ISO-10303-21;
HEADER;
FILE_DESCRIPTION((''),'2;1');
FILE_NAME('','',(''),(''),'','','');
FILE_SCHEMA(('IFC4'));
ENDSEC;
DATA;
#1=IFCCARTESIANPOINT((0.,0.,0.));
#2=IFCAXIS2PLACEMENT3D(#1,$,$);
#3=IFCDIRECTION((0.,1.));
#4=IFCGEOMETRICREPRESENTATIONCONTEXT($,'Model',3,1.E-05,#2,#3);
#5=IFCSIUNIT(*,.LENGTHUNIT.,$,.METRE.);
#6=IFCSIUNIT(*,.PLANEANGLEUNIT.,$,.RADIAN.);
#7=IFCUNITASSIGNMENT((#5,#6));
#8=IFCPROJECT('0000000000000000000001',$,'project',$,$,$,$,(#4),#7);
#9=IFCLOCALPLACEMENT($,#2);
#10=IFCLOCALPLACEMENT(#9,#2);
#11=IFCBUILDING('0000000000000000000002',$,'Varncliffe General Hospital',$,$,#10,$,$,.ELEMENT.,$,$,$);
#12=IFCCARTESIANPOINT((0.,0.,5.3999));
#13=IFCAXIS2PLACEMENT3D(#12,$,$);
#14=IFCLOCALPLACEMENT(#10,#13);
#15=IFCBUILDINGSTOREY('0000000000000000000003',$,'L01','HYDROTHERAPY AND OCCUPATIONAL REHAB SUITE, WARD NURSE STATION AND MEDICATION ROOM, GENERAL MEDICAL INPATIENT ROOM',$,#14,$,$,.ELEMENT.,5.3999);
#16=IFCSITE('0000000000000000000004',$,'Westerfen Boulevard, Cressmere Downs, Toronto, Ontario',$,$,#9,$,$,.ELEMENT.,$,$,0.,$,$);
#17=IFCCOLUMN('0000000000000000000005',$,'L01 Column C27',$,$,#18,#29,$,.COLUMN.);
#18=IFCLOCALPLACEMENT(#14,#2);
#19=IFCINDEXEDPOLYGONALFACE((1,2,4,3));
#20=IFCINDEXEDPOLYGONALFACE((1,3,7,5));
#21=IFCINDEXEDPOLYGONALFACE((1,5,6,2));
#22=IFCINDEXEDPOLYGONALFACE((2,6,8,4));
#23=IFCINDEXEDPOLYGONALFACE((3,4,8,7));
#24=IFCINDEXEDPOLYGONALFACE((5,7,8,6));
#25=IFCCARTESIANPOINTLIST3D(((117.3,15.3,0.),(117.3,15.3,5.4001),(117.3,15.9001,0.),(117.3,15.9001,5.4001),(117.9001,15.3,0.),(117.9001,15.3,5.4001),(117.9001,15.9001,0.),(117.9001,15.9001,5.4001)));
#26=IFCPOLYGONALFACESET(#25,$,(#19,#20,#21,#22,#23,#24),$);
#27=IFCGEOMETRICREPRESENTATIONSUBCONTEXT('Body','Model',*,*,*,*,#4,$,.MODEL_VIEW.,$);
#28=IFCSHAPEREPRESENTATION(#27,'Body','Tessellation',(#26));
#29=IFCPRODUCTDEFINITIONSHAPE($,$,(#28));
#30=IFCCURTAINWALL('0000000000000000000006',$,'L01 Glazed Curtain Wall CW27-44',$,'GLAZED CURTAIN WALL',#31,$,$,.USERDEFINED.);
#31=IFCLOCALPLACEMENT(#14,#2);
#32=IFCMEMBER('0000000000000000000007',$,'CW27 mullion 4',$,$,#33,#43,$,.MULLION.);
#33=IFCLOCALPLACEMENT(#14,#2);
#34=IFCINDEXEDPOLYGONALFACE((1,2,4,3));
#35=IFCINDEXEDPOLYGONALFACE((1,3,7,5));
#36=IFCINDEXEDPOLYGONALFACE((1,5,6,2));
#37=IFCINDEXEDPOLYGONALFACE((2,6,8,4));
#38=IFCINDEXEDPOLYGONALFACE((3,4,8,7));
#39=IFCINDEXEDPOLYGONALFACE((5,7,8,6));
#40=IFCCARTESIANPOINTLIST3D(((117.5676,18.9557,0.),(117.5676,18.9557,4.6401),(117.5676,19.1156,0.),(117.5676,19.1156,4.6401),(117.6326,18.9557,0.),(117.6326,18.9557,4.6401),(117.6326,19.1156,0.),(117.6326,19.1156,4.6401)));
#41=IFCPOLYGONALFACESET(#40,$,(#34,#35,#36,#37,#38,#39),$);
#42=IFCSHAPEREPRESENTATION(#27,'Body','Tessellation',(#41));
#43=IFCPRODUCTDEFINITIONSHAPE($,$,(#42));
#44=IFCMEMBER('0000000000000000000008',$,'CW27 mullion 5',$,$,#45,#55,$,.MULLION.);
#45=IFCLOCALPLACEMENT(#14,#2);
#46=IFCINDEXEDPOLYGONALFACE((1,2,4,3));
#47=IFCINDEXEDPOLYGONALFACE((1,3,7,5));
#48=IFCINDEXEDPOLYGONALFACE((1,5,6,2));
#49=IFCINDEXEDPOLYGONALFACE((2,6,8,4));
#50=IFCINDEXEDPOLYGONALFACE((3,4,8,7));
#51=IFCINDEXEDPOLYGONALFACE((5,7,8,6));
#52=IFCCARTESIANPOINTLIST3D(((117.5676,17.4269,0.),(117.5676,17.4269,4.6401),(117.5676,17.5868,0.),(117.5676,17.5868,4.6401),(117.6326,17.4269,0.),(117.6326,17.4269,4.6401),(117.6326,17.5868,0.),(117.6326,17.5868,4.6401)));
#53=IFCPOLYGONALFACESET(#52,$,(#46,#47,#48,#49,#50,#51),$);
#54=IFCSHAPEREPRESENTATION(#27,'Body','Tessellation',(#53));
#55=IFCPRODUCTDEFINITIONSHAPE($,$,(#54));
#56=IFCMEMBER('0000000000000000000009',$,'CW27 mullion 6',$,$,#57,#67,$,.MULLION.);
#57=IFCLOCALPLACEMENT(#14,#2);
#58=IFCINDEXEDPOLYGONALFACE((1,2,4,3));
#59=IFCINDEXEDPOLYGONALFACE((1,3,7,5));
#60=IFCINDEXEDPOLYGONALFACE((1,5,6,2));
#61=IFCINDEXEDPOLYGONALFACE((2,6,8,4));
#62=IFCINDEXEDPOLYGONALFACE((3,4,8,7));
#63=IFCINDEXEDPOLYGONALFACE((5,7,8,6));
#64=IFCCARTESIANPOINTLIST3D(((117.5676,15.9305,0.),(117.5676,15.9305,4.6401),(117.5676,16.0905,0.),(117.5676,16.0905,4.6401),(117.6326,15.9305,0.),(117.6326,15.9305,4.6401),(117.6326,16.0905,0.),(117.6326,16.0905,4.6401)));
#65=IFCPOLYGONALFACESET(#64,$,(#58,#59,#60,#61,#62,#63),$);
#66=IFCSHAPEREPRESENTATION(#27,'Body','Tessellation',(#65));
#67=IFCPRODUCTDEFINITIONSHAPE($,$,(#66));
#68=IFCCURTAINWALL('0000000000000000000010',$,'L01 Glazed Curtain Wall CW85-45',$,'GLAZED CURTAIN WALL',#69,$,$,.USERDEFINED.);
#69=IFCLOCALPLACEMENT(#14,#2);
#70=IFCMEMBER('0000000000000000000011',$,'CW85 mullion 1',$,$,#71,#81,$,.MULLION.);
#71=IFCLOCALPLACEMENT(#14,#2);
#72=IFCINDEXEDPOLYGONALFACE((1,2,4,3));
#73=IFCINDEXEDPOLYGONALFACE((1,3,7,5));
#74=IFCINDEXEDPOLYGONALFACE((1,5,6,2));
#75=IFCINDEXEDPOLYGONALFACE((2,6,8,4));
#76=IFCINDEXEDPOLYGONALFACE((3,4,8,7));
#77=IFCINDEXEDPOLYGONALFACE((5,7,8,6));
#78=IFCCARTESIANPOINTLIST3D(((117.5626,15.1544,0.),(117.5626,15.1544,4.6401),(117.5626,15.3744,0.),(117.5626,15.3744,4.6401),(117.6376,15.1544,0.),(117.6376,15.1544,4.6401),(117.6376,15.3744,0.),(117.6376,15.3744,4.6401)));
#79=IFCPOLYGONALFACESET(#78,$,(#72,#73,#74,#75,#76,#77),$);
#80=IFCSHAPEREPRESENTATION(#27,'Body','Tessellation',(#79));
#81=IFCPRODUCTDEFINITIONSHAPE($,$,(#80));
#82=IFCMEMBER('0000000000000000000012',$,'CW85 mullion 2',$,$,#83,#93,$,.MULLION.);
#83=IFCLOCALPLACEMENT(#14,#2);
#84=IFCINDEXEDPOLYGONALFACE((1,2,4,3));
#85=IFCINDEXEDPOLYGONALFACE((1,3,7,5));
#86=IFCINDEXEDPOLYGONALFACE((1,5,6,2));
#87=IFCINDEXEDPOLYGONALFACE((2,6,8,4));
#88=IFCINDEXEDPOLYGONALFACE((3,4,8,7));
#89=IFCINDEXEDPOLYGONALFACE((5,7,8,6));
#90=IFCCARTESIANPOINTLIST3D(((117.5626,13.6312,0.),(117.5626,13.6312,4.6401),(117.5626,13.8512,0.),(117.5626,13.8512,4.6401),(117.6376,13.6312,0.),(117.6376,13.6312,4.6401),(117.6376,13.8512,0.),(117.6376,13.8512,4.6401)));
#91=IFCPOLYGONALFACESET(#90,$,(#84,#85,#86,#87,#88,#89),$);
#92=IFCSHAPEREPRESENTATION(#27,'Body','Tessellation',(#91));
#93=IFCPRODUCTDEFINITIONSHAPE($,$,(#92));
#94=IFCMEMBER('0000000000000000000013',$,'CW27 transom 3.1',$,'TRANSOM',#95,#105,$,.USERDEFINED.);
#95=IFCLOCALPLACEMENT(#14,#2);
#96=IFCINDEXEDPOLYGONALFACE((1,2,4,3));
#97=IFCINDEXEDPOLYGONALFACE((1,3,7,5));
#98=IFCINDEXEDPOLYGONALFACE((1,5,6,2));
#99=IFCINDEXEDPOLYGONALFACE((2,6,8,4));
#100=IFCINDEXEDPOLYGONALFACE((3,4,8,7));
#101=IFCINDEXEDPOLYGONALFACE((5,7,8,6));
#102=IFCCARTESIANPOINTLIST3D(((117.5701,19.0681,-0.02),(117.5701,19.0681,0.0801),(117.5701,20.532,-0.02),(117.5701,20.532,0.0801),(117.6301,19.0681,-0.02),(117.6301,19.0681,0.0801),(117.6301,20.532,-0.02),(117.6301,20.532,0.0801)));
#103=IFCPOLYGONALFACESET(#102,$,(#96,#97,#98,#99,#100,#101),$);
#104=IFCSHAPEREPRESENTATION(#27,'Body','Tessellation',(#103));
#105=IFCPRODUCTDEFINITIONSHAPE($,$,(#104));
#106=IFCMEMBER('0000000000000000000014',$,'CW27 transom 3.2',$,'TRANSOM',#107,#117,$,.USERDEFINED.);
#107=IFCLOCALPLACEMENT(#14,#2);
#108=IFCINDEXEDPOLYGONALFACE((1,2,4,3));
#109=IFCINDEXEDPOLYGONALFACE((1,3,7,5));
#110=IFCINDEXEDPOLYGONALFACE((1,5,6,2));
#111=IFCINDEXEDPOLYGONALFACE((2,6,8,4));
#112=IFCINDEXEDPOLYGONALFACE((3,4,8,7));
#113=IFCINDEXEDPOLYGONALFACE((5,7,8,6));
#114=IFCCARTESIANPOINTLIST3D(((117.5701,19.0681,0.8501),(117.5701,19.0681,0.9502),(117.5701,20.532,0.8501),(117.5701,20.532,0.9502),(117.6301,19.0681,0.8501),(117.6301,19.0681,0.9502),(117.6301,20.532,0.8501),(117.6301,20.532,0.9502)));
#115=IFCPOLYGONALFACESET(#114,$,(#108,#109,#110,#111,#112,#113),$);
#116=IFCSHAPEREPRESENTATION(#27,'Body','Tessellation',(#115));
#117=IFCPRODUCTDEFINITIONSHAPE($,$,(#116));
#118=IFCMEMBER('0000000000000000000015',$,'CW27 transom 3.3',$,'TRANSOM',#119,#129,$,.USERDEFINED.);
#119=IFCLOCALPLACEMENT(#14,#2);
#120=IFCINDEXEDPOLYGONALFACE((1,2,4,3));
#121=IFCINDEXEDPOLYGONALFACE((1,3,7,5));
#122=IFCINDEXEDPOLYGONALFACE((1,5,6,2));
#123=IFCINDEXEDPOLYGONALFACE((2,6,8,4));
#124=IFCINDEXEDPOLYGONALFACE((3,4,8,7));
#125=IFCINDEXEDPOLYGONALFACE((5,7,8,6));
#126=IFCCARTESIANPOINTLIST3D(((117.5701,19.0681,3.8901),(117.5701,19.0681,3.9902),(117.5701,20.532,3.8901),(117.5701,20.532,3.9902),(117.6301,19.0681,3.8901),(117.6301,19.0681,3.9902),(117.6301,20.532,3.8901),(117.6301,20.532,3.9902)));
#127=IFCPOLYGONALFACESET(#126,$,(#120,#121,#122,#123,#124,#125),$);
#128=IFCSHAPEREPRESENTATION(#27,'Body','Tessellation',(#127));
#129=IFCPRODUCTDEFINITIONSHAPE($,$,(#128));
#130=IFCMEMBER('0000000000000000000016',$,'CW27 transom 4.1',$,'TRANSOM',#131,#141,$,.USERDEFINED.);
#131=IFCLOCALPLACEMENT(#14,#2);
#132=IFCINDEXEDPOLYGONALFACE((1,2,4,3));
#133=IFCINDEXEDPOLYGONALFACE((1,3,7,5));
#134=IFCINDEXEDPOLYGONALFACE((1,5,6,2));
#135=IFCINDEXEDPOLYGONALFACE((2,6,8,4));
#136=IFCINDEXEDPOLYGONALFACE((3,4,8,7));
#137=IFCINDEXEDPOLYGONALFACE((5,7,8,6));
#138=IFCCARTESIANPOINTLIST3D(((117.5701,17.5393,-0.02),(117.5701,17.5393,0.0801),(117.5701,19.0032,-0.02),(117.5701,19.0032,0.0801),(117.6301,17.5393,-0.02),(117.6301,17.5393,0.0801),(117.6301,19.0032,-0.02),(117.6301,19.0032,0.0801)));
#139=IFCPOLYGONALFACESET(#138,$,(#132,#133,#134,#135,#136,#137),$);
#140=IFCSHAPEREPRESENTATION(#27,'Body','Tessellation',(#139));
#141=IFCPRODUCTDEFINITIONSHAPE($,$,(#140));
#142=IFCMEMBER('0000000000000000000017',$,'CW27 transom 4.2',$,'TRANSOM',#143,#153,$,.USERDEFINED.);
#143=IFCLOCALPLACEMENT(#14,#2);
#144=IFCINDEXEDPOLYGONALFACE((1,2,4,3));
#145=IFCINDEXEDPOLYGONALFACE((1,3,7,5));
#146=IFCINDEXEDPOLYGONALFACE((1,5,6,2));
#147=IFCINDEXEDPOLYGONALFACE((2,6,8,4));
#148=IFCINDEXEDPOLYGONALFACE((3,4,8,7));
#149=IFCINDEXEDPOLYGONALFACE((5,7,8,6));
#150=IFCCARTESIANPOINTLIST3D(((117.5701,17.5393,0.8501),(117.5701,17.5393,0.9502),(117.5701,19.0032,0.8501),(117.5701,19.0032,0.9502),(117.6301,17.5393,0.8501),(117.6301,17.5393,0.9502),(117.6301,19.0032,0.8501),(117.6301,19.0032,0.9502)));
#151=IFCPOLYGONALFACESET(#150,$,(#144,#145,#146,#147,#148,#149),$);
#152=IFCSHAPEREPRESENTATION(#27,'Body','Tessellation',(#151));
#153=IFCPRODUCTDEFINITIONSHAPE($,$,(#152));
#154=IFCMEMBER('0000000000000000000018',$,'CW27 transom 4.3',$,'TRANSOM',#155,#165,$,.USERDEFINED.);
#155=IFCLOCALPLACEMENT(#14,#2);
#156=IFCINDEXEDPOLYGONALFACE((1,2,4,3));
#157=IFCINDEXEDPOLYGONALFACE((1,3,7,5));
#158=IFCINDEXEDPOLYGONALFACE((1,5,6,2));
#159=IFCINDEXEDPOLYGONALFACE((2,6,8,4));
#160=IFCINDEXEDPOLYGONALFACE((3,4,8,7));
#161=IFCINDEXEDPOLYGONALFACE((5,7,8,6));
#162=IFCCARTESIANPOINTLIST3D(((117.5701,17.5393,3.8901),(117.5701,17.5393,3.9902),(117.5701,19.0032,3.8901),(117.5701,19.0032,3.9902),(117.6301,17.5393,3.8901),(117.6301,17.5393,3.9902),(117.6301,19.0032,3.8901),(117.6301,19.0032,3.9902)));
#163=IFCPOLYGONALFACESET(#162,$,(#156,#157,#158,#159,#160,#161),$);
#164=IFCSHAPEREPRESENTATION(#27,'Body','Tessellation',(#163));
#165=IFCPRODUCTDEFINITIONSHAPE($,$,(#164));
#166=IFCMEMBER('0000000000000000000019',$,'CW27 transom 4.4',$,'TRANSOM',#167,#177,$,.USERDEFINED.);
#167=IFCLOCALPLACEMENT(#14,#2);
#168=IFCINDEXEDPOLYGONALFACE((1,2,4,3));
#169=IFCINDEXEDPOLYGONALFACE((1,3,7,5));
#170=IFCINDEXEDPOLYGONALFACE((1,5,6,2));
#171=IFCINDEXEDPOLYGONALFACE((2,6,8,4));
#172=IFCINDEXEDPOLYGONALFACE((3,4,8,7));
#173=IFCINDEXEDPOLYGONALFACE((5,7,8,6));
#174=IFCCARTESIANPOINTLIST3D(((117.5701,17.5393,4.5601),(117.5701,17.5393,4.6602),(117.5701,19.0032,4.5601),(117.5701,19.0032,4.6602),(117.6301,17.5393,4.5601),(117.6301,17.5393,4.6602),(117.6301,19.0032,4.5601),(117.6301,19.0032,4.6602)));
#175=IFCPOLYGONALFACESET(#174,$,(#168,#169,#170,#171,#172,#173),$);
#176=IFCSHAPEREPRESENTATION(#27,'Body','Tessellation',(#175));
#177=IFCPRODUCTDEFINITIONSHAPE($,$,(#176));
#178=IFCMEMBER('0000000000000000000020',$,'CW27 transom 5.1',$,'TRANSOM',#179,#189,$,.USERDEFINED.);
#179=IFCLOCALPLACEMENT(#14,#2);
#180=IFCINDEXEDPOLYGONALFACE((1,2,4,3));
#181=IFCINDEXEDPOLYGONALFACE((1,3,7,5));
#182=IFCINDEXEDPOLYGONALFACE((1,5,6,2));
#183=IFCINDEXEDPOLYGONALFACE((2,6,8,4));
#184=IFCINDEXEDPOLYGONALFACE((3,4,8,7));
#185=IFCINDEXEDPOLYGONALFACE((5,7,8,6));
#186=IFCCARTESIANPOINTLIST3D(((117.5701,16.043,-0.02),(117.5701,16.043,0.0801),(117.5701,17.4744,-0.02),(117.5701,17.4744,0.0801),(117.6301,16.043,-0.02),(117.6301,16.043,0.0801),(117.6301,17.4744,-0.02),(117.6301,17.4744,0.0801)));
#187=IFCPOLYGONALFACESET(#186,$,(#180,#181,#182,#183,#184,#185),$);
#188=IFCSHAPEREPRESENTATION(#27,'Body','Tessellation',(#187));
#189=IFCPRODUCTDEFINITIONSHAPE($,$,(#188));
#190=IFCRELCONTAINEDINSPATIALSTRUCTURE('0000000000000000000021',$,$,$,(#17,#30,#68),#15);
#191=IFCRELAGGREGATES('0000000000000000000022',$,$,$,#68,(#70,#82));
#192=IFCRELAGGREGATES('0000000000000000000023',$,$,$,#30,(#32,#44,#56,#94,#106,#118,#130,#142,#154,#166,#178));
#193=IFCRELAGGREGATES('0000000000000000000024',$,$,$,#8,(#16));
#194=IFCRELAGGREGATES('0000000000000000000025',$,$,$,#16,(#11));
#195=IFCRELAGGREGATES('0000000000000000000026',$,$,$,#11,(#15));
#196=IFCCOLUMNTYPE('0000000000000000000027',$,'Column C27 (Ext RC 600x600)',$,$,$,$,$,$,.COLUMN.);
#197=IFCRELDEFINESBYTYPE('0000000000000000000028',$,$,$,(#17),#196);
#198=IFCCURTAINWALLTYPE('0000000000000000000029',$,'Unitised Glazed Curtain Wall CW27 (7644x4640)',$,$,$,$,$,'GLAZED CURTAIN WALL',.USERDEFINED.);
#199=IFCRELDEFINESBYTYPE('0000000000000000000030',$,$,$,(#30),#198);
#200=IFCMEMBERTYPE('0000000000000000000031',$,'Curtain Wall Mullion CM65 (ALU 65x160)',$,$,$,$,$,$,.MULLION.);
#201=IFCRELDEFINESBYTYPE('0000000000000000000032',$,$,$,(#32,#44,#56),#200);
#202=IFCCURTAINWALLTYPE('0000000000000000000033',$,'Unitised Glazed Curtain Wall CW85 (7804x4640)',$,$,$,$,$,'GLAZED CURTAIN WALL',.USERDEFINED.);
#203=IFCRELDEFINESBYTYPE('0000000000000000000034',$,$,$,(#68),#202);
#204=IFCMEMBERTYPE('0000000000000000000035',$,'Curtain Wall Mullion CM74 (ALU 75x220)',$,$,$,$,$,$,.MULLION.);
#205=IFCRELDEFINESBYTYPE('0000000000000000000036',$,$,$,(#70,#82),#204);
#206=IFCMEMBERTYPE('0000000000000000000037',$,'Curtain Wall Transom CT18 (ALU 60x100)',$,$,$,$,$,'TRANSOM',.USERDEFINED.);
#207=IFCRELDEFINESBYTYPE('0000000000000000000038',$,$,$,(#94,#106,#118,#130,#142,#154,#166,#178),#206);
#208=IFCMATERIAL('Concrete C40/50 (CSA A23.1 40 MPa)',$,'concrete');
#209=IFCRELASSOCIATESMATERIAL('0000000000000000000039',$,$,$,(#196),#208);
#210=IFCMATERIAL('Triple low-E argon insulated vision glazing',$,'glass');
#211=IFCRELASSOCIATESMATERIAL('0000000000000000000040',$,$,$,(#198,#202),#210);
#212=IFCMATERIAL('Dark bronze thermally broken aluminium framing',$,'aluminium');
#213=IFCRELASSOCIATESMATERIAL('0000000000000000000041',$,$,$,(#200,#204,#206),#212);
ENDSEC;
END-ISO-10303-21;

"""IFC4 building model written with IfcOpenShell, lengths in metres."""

from ifc_helpers import new_model, si_unit, direction, frame, origin, origin_2d, place, context, subcontext, project, spatial, rectangle, extrude, material, material_profile, profile_set, type_object, element, aggregate, save


model = new_model("IFC4")

# Units and contexts
model_context = context("Model", 3, precision=1e-05, world=origin(), true_north=direction((0.0, 1.0)))
body_context = subcontext(model_context, "Body", "Model", "MODEL_VIEW")
ifc_project = project(units=[si_unit("LENGTHUNIT", "METRE"), si_unit("PLANEANGLEUNIT", "RADIAN")], contexts=[model_context])

# Site, building, storey
site_placement = place(None, origin())
site = spatial("IfcSite", under=ifc_project, at=site_placement, Name="Westerfen Boulevard, Cressmere Downs, Toronto, Ontario", CompositionType="ELEMENT", RefElevation=0.0)
building_placement = place(site_placement, origin())
building = spatial("IfcBuilding", under=site, at=building_placement, Name="Varncliffe General Hospital", CompositionType="ELEMENT")
storey_placement = place(building_placement, frame((0.0, 0.0, 5.3999)))
storey = spatial("IfcBuildingStorey", under=building, at=storey_placement, Name="L01", Description="HYDROTHERAPY AND OCCUPATIONAL REHAB SUITE, WARD NURSE STATION AND MEDICATION ROOM, GENERAL MEDICAL INPATIENT ROOM", CompositionType="ELEMENT", Elevation=5.3999)

# Column
ifc_material_1 = material(Name="Concrete C40/50 (CSA A23.1 40 MPa)", Category="concrete")
ifc_material_profile_1 = material_profile(ifc_material_1, rectangle(XDim=0.6001, YDim=0.6001, at=origin_2d()), Name="RC 600x600")
ifc_profile_set_1 = profile_set([ifc_material_profile_1], Name="Concrete C40/50 (CSA A23.1 40 MPa)")
column_type = type_object("IfcColumnType", Name="Column C27 (Ext RC 600x600)", PredefinedType="COLUMN", material=ifc_profile_set_1)
column_placement = place(storey_placement, frame((117.6001, 15.6001, 0.0), z_axis=(0.0, 0.0, 1.0), x_axis=(1.0, 0.0, 0.0)))
element("IfcColumn", 1, at=column_placement, inside=storey, type_object=column_type, Name="L01 Column C27", PredefinedType="COLUMN", context=body_context, shape_type="SweptSolid", body=[
    extrude(rectangle(XDim=0.6001, YDim=0.6001, at=origin_2d()), origin(), (0.0, 0.0, 1.0), 5.4001),
])

# Curtain walls, members
ifc_material_2 = material(Name="Triple low-E argon insulated vision glazing", Category="glass")
curtain_wall_type_1 = type_object("IfcCurtainWallType", Name="Unitised Glazed Curtain Wall CW27 (7644x4640)", ElementType="GLAZED CURTAIN WALL", PredefinedType="USERDEFINED", material=ifc_material_2)
curtain_wall_1_placement = place(storey_placement, origin())
curtain_wall_1 = element("IfcCurtainWall", 2, at=curtain_wall_1_placement, inside=storey, type_object=curtain_wall_type_1, Name="L01 Glazed Curtain Wall CW27-44", ObjectType="GLAZED CURTAIN WALL", PredefinedType="USERDEFINED")
ifc_material_3 = material(Name="Dark bronze thermally broken aluminium framing", Category="aluminium")
ifc_material_profile_2 = material_profile(ifc_material_3, rectangle(XDim=0.0649, YDim=0.1599, at=origin_2d()), Name="ALU 65x160")
ifc_profile_set_2 = profile_set([ifc_material_profile_2], Name="Dark bronze thermally broken aluminium framing")
member_type_1 = type_object("IfcMemberType", Name="Curtain Wall Mullion CM65 (ALU 65x160)", PredefinedType="MULLION", material=ifc_profile_set_2)
member_1_placement = place(storey_placement, frame((117.6001, 19.0356, 0.0), z_axis=(0.0, 0.0, 1.0), x_axis=(1.0, 0.0, 0.0)))
member_1 = element("IfcMember", 3, at=member_1_placement, type_object=member_type_1, Name="CW27 mullion 4", PredefinedType="MULLION", context=body_context, shape_type="SweptSolid", body=[
    extrude(rectangle(XDim=0.0649, YDim=0.1599, at=origin_2d()), origin(), (0.0, 0.0, 1.0), 4.6401),
])
member_2_placement = place(storey_placement, frame((117.6001, 17.5068, 0.0), z_axis=(0.0, 0.0, 1.0), x_axis=(1.0, 0.0, 0.0)))
member_2 = element("IfcMember", 4, at=member_2_placement, type_object=member_type_1, Name="CW27 mullion 5", PredefinedType="MULLION", context=body_context, shape_type="SweptSolid", body=[
    extrude(rectangle(XDim=0.0649, YDim=0.1599, at=origin_2d()), origin(), (0.0, 0.0, 1.0), 4.6401),
])
member_3_placement = place(storey_placement, frame((117.6001, 16.0105, 0.0), z_axis=(0.0, 0.0, 1.0), x_axis=(1.0, 0.0, 0.0)))
member_3 = element("IfcMember", 5, at=member_3_placement, type_object=member_type_1, Name="CW27 mullion 6", PredefinedType="MULLION", context=body_context, shape_type="SweptSolid", body=[
    extrude(rectangle(XDim=0.0649, YDim=0.1599, at=origin_2d()), origin(), (0.0, 0.0, 1.0), 4.6401),
])
curtain_wall_type_2 = type_object("IfcCurtainWallType", Name="Unitised Glazed Curtain Wall CW85 (7804x4640)", ElementType="GLAZED CURTAIN WALL", PredefinedType="USERDEFINED", material=ifc_material_2)
curtain_wall_2_placement = place(storey_placement, origin())
curtain_wall_2 = element("IfcCurtainWall", 6, at=curtain_wall_2_placement, inside=storey, type_object=curtain_wall_type_2, Name="L01 Glazed Curtain Wall CW85-45", ObjectType="GLAZED CURTAIN WALL", PredefinedType="USERDEFINED")
ifc_material_profile_3 = material_profile(ifc_material_3, rectangle(XDim=0.075, YDim=0.22, at=origin_2d()), Name="ALU 75x220")
ifc_profile_set_3 = profile_set([ifc_material_profile_3], Name="Dark bronze thermally broken aluminium framing")
member_type_2 = type_object("IfcMemberType", Name="Curtain Wall Mullion CM74 (ALU 75x220)", PredefinedType="MULLION", material=ifc_profile_set_3)
member_4_placement = place(storey_placement, frame((117.6001, 15.2644, 0.0), z_axis=(0.0, 0.0, 1.0), x_axis=(1.0, 0.0, 0.0)))
member_4 = element("IfcMember", 7, at=member_4_placement, type_object=member_type_2, Name="CW85 mullion 1", PredefinedType="MULLION", context=body_context, shape_type="SweptSolid", body=[
    extrude(rectangle(XDim=0.075, YDim=0.22, at=origin_2d()), origin(), (0.0, 0.0, 1.0), 4.6401),
])
member_5_placement = place(storey_placement, frame((117.6001, 13.7412, 0.0), z_axis=(0.0, 0.0, 1.0), x_axis=(1.0, 0.0, 0.0)))
member_5 = element("IfcMember", 8, at=member_5_placement, type_object=member_type_2, Name="CW85 mullion 2", PredefinedType="MULLION", context=body_context, shape_type="SweptSolid", body=[
    extrude(rectangle(XDim=0.075, YDim=0.22, at=origin_2d()), origin(), (0.0, 0.0, 1.0), 4.6401),
])

# Members
ifc_material_profile_4 = material_profile(ifc_material_3, rectangle(XDim=0.0601, YDim=0.1001, at=origin_2d()), Name="ALU 60x100")
ifc_profile_set_4 = profile_set([ifc_material_profile_4], Name="Dark bronze thermally broken aluminium framing")
member_type_3 = type_object("IfcMemberType", Name="Curtain Wall Transom CT18 (ALU 60x100)", ElementType="TRANSOM", PredefinedType="USERDEFINED", material=ifc_profile_set_4)
member_6_placement = place(storey_placement, frame((117.6001, 20.532, 0.03), z_axis=(0.0, -1.0, 0.0), x_axis=(1.0, 0.0, 0.0)))
member_6 = element("IfcMember", 9, at=member_6_placement, type_object=member_type_3, Name="CW27 transom 3.1", ObjectType="TRANSOM", PredefinedType="USERDEFINED", context=body_context, shape_type="SweptSolid", body=[
    extrude(rectangle(XDim=0.0601, YDim=0.1001, at=origin_2d()), origin(), (0.0, 0.0, 1.0), 1.4639),
])
member_7_placement = place(storey_placement, frame((117.6001, 20.532, 0.9001), z_axis=(0.0, -1.0, 0.0), x_axis=(1.0, 0.0, 0.0)))
member_7 = element("IfcMember", 10, at=member_7_placement, type_object=member_type_3, Name="CW27 transom 3.2", ObjectType="TRANSOM", PredefinedType="USERDEFINED", context=body_context, shape_type="SweptSolid", body=[
    extrude(rectangle(XDim=0.0601, YDim=0.1001, at=origin_2d()), origin(), (0.0, 0.0, 1.0), 1.4639),
])
member_8_placement = place(storey_placement, frame((117.6001, 20.532, 3.9402), z_axis=(0.0, -1.0, 0.0), x_axis=(1.0, 0.0, 0.0)))
member_8 = element("IfcMember", 11, at=member_8_placement, type_object=member_type_3, Name="CW27 transom 3.3", ObjectType="TRANSOM", PredefinedType="USERDEFINED", context=body_context, shape_type="SweptSolid", body=[
    extrude(rectangle(XDim=0.0601, YDim=0.1001, at=origin_2d()), origin(), (0.0, 0.0, 1.0), 1.4639),
])
member_9_placement = place(storey_placement, frame((117.6001, 19.0032, 0.03), z_axis=(0.0, -1.0, 0.0), x_axis=(1.0, 0.0, 0.0)))
member_9 = element("IfcMember", 12, at=member_9_placement, type_object=member_type_3, Name="CW27 transom 4.1", ObjectType="TRANSOM", PredefinedType="USERDEFINED", context=body_context, shape_type="SweptSolid", body=[
    extrude(rectangle(XDim=0.0601, YDim=0.1001, at=origin_2d()), origin(), (0.0, 0.0, 1.0), 1.4639),
])
member_10_placement = place(storey_placement, frame((117.6001, 19.0032, 0.9001), z_axis=(0.0, -1.0, 0.0), x_axis=(1.0, 0.0, 0.0)))
member_10 = element("IfcMember", 13, at=member_10_placement, type_object=member_type_3, Name="CW27 transom 4.2", ObjectType="TRANSOM", PredefinedType="USERDEFINED", context=body_context, shape_type="SweptSolid", body=[
    extrude(rectangle(XDim=0.0601, YDim=0.1001, at=origin_2d()), origin(), (0.0, 0.0, 1.0), 1.4639),
])
member_11_placement = place(storey_placement, frame((117.6001, 19.0032, 3.9402), z_axis=(0.0, -1.0, 0.0), x_axis=(1.0, 0.0, 0.0)))
member_11 = element("IfcMember", 14, at=member_11_placement, type_object=member_type_3, Name="CW27 transom 4.3", ObjectType="TRANSOM", PredefinedType="USERDEFINED", context=body_context, shape_type="SweptSolid", body=[
    extrude(rectangle(XDim=0.0601, YDim=0.1001, at=origin_2d()), origin(), (0.0, 0.0, 1.0), 1.4639),
])
member_12_placement = place(storey_placement, frame((117.6001, 19.0032, 4.6101), z_axis=(0.0, -1.0, 0.0), x_axis=(1.0, 0.0, 0.0)))
member_12 = element("IfcMember", 15, at=member_12_placement, type_object=member_type_3, Name="CW27 transom 4.4", ObjectType="TRANSOM", PredefinedType="USERDEFINED", context=body_context, shape_type="SweptSolid", body=[
    extrude(rectangle(XDim=0.0601, YDim=0.1001, at=origin_2d()), origin(), (0.0, 0.0, 1.0), 1.4639),
])
member_13_placement = place(storey_placement, frame((117.6001, 17.4744, 0.03), z_axis=(0.0, -1.0, 0.0), x_axis=(1.0, 0.0, 0.0)))
member_13 = element("IfcMember", 16, at=member_13_placement, type_object=member_type_3, Name="CW27 transom 5.1", ObjectType="TRANSOM", PredefinedType="USERDEFINED", context=body_context, shape_type="SweptSolid", body=[
    extrude(rectangle(XDim=0.0601, YDim=0.1001, at=origin_2d()), origin(), (0.0, 0.0, 1.0), 1.4314),
])

aggregate(curtain_wall_2, [member_4, member_5])
aggregate(curtain_wall_1, [member_1, member_2, member_3, member_6, member_7, member_8, member_9, member_10, member_11, member_12, member_13])

save(model, "model.ifc")
